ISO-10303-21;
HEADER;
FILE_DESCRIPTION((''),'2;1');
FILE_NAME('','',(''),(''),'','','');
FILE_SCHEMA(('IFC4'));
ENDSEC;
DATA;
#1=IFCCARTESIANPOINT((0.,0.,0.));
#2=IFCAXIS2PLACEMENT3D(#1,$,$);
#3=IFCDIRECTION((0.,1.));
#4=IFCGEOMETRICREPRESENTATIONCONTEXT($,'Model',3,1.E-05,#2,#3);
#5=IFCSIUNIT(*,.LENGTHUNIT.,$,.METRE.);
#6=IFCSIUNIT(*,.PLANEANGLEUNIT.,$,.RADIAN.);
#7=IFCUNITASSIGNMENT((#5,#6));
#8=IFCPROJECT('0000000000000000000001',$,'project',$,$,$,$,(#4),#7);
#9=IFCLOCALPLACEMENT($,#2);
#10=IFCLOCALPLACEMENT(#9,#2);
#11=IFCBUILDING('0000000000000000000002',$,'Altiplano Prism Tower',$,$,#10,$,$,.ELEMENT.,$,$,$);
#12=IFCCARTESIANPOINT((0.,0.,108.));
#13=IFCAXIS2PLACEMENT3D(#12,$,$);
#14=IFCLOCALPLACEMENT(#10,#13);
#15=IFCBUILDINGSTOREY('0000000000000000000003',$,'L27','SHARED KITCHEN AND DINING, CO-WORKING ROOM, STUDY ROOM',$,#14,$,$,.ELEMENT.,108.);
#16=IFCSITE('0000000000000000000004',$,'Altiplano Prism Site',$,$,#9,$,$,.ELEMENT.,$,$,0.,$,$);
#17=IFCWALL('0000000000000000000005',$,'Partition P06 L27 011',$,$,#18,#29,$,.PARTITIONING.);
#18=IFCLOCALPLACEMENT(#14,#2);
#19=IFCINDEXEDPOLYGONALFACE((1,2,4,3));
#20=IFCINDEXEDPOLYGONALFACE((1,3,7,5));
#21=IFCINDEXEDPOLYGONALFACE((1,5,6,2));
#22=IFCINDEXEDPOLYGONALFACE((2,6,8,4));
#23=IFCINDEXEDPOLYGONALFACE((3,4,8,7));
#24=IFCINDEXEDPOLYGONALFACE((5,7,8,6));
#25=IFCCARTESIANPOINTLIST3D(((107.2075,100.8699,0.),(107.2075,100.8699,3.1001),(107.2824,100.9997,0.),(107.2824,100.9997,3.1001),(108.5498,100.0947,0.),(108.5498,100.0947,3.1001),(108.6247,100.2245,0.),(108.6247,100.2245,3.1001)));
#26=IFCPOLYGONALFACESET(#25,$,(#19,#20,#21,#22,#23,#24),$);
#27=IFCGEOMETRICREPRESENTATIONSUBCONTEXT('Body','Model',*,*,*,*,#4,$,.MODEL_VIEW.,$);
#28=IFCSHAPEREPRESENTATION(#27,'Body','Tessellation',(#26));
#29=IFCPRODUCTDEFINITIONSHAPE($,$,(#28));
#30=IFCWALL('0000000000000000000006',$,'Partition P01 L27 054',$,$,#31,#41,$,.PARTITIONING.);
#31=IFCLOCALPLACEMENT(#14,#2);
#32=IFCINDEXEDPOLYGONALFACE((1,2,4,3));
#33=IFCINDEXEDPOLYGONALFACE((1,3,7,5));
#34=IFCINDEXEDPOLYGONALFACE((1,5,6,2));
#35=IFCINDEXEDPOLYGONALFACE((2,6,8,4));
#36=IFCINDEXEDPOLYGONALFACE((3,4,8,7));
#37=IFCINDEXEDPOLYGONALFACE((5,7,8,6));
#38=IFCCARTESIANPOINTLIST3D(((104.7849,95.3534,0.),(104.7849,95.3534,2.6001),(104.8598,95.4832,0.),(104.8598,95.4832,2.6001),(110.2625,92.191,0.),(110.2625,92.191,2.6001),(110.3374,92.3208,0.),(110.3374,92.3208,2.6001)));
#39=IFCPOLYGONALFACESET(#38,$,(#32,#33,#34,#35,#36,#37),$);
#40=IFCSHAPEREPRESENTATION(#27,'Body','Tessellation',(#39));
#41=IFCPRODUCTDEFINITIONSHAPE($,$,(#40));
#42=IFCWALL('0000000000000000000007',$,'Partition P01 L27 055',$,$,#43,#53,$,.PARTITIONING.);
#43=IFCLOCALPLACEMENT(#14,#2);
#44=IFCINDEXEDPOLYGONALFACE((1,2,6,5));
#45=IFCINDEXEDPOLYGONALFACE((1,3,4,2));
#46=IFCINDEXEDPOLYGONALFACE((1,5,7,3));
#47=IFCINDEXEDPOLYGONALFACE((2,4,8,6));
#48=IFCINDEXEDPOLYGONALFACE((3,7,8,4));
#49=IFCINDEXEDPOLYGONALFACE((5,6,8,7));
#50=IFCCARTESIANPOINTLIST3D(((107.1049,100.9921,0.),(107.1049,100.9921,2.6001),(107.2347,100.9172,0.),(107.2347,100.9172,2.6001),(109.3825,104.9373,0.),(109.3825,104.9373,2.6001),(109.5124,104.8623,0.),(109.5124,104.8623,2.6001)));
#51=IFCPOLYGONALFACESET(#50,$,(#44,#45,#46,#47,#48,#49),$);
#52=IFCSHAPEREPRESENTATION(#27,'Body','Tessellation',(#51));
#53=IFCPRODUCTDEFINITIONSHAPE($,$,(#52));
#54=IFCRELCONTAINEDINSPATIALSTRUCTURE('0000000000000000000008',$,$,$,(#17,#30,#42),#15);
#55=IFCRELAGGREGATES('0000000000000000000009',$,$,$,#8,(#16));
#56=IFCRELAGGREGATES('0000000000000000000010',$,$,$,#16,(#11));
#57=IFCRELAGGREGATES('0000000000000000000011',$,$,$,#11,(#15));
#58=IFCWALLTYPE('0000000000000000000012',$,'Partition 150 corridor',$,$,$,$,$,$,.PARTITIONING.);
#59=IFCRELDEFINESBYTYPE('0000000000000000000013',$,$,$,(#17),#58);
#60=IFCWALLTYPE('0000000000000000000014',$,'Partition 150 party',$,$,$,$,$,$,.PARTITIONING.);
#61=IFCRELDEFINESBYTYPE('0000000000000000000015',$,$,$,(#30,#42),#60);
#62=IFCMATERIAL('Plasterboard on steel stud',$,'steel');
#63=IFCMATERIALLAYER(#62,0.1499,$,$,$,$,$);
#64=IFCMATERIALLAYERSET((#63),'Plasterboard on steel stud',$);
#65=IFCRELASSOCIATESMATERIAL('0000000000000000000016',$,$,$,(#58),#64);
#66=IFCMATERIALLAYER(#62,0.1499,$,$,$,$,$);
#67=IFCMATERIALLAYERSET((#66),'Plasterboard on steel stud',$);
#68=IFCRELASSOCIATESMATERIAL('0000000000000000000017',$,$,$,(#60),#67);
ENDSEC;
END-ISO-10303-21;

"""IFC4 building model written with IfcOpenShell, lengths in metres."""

from ifc_helpers import new_model, si_unit, direction, frame, frame_2d, origin, place, context, subcontext, project, spatial, rectangle, extrude, material, layer, layer_set, type_object, element, save


model = new_model("IFC4")

# Units and contexts
model_context = context("Model", 3, precision=1e-05, world=origin(), true_north=direction((0.0, 1.0)))
body_context = subcontext(model_context, "Body", "Model", "MODEL_VIEW")
ifc_project = project(units=[si_unit("LENGTHUNIT", "METRE"), si_unit("PLANEANGLEUNIT", "RADIAN")], contexts=[model_context])

# Site, building, storey
site_placement = place(None, origin())
site = spatial("IfcSite", under=ifc_project, at=site_placement, Name="Altiplano Prism Site", CompositionType="ELEMENT", RefElevation=0.0)
building_placement = place(site_placement, origin())
building = spatial("IfcBuilding", under=site, at=building_placement, Name="Altiplano Prism Tower", CompositionType="ELEMENT")
storey_placement = place(building_placement, frame((0.0, 0.0, 108.0)))
storey = spatial("IfcBuildingStorey", under=building, at=storey_placement, Name="L27", Description="SHARED KITCHEN AND DINING, CO-WORKING ROOM, STUDY ROOM", CompositionType="ELEMENT", Elevation=108.0)

# Walls
ifc_material_1 = material(Name="Plasterboard on steel stud", Category="steel")
ifc_layer_1 = layer(ifc_material_1, 0.1499)
ifc_layer_set_1 = layer_set([ifc_layer_1], Name="Plasterboard on steel stud")
wall_type_1 = type_object("IfcWallType", Name="Partition 150 corridor", PredefinedType="PARTITIONING", material=ifc_layer_set_1)
wall_1_placement = place(storey_placement, frame((108.5872, 100.1597, 0.0), z_axis=(0.0, 0.0, 1.0), x_axis=(-0.865976, 0.500086, 0.0)))
element("IfcWall", 1, at=wall_1_placement, inside=storey, type_object=wall_type_1, Name="Partition P06 L27 011", PredefinedType="PARTITIONING", context=body_context, shape_type="SweptSolid", body=[
    extrude(rectangle(XDim=1.55, YDim=0.1499, at=frame_2d((0.7749, 0.0))), origin(), (0.0, 0.0, 1.0), 3.1001),
])
ifc_layer_2 = layer(ifc_material_1, 0.1499)
ifc_layer_set_2 = layer_set([ifc_layer_2], Name="Plasterboard on steel stud")
wall_type_2 = type_object("IfcWallType", Name="Partition 150 party", PredefinedType="PARTITIONING", material=ifc_layer_set_2)
wall_2_placement = place(storey_placement, frame((110.3, 92.2559, 0.0), z_axis=(0.0, 0.0, 1.0), x_axis=(-0.866033, 0.499988, 0.0)))
element("IfcWall", 2, at=wall_2_placement, inside=storey, type_object=wall_type_2, Name="Partition P01 L27 054", PredefinedType="PARTITIONING", context=body_context, shape_type="SweptSolid", body=[
    extrude(rectangle(XDim=6.325, YDim=0.1499, at=frame_2d((3.1626, 0.0))), origin(), (0.0, 0.0, 1.0), 2.6001),
])
wall_3_placement = place(storey_placement, frame((109.4475, 104.8999, 0.0), z_axis=(0.0, 0.0, 1.0), x_axis=(-0.499984, -0.866035, 0.0)))
element("IfcWall", 3, at=wall_3_placement, inside=storey, type_object=wall_type_2, Name="Partition P01 L27 055", PredefinedType="PARTITIONING", context=body_context, shape_type="SweptSolid", body=[
    extrude(rectangle(XDim=4.5554, YDim=0.1499, at=frame_2d((2.2778, 0.0))), origin(), (0.0, 0.0, 1.0), 2.6001),
])

save(model, "model.ifc")
